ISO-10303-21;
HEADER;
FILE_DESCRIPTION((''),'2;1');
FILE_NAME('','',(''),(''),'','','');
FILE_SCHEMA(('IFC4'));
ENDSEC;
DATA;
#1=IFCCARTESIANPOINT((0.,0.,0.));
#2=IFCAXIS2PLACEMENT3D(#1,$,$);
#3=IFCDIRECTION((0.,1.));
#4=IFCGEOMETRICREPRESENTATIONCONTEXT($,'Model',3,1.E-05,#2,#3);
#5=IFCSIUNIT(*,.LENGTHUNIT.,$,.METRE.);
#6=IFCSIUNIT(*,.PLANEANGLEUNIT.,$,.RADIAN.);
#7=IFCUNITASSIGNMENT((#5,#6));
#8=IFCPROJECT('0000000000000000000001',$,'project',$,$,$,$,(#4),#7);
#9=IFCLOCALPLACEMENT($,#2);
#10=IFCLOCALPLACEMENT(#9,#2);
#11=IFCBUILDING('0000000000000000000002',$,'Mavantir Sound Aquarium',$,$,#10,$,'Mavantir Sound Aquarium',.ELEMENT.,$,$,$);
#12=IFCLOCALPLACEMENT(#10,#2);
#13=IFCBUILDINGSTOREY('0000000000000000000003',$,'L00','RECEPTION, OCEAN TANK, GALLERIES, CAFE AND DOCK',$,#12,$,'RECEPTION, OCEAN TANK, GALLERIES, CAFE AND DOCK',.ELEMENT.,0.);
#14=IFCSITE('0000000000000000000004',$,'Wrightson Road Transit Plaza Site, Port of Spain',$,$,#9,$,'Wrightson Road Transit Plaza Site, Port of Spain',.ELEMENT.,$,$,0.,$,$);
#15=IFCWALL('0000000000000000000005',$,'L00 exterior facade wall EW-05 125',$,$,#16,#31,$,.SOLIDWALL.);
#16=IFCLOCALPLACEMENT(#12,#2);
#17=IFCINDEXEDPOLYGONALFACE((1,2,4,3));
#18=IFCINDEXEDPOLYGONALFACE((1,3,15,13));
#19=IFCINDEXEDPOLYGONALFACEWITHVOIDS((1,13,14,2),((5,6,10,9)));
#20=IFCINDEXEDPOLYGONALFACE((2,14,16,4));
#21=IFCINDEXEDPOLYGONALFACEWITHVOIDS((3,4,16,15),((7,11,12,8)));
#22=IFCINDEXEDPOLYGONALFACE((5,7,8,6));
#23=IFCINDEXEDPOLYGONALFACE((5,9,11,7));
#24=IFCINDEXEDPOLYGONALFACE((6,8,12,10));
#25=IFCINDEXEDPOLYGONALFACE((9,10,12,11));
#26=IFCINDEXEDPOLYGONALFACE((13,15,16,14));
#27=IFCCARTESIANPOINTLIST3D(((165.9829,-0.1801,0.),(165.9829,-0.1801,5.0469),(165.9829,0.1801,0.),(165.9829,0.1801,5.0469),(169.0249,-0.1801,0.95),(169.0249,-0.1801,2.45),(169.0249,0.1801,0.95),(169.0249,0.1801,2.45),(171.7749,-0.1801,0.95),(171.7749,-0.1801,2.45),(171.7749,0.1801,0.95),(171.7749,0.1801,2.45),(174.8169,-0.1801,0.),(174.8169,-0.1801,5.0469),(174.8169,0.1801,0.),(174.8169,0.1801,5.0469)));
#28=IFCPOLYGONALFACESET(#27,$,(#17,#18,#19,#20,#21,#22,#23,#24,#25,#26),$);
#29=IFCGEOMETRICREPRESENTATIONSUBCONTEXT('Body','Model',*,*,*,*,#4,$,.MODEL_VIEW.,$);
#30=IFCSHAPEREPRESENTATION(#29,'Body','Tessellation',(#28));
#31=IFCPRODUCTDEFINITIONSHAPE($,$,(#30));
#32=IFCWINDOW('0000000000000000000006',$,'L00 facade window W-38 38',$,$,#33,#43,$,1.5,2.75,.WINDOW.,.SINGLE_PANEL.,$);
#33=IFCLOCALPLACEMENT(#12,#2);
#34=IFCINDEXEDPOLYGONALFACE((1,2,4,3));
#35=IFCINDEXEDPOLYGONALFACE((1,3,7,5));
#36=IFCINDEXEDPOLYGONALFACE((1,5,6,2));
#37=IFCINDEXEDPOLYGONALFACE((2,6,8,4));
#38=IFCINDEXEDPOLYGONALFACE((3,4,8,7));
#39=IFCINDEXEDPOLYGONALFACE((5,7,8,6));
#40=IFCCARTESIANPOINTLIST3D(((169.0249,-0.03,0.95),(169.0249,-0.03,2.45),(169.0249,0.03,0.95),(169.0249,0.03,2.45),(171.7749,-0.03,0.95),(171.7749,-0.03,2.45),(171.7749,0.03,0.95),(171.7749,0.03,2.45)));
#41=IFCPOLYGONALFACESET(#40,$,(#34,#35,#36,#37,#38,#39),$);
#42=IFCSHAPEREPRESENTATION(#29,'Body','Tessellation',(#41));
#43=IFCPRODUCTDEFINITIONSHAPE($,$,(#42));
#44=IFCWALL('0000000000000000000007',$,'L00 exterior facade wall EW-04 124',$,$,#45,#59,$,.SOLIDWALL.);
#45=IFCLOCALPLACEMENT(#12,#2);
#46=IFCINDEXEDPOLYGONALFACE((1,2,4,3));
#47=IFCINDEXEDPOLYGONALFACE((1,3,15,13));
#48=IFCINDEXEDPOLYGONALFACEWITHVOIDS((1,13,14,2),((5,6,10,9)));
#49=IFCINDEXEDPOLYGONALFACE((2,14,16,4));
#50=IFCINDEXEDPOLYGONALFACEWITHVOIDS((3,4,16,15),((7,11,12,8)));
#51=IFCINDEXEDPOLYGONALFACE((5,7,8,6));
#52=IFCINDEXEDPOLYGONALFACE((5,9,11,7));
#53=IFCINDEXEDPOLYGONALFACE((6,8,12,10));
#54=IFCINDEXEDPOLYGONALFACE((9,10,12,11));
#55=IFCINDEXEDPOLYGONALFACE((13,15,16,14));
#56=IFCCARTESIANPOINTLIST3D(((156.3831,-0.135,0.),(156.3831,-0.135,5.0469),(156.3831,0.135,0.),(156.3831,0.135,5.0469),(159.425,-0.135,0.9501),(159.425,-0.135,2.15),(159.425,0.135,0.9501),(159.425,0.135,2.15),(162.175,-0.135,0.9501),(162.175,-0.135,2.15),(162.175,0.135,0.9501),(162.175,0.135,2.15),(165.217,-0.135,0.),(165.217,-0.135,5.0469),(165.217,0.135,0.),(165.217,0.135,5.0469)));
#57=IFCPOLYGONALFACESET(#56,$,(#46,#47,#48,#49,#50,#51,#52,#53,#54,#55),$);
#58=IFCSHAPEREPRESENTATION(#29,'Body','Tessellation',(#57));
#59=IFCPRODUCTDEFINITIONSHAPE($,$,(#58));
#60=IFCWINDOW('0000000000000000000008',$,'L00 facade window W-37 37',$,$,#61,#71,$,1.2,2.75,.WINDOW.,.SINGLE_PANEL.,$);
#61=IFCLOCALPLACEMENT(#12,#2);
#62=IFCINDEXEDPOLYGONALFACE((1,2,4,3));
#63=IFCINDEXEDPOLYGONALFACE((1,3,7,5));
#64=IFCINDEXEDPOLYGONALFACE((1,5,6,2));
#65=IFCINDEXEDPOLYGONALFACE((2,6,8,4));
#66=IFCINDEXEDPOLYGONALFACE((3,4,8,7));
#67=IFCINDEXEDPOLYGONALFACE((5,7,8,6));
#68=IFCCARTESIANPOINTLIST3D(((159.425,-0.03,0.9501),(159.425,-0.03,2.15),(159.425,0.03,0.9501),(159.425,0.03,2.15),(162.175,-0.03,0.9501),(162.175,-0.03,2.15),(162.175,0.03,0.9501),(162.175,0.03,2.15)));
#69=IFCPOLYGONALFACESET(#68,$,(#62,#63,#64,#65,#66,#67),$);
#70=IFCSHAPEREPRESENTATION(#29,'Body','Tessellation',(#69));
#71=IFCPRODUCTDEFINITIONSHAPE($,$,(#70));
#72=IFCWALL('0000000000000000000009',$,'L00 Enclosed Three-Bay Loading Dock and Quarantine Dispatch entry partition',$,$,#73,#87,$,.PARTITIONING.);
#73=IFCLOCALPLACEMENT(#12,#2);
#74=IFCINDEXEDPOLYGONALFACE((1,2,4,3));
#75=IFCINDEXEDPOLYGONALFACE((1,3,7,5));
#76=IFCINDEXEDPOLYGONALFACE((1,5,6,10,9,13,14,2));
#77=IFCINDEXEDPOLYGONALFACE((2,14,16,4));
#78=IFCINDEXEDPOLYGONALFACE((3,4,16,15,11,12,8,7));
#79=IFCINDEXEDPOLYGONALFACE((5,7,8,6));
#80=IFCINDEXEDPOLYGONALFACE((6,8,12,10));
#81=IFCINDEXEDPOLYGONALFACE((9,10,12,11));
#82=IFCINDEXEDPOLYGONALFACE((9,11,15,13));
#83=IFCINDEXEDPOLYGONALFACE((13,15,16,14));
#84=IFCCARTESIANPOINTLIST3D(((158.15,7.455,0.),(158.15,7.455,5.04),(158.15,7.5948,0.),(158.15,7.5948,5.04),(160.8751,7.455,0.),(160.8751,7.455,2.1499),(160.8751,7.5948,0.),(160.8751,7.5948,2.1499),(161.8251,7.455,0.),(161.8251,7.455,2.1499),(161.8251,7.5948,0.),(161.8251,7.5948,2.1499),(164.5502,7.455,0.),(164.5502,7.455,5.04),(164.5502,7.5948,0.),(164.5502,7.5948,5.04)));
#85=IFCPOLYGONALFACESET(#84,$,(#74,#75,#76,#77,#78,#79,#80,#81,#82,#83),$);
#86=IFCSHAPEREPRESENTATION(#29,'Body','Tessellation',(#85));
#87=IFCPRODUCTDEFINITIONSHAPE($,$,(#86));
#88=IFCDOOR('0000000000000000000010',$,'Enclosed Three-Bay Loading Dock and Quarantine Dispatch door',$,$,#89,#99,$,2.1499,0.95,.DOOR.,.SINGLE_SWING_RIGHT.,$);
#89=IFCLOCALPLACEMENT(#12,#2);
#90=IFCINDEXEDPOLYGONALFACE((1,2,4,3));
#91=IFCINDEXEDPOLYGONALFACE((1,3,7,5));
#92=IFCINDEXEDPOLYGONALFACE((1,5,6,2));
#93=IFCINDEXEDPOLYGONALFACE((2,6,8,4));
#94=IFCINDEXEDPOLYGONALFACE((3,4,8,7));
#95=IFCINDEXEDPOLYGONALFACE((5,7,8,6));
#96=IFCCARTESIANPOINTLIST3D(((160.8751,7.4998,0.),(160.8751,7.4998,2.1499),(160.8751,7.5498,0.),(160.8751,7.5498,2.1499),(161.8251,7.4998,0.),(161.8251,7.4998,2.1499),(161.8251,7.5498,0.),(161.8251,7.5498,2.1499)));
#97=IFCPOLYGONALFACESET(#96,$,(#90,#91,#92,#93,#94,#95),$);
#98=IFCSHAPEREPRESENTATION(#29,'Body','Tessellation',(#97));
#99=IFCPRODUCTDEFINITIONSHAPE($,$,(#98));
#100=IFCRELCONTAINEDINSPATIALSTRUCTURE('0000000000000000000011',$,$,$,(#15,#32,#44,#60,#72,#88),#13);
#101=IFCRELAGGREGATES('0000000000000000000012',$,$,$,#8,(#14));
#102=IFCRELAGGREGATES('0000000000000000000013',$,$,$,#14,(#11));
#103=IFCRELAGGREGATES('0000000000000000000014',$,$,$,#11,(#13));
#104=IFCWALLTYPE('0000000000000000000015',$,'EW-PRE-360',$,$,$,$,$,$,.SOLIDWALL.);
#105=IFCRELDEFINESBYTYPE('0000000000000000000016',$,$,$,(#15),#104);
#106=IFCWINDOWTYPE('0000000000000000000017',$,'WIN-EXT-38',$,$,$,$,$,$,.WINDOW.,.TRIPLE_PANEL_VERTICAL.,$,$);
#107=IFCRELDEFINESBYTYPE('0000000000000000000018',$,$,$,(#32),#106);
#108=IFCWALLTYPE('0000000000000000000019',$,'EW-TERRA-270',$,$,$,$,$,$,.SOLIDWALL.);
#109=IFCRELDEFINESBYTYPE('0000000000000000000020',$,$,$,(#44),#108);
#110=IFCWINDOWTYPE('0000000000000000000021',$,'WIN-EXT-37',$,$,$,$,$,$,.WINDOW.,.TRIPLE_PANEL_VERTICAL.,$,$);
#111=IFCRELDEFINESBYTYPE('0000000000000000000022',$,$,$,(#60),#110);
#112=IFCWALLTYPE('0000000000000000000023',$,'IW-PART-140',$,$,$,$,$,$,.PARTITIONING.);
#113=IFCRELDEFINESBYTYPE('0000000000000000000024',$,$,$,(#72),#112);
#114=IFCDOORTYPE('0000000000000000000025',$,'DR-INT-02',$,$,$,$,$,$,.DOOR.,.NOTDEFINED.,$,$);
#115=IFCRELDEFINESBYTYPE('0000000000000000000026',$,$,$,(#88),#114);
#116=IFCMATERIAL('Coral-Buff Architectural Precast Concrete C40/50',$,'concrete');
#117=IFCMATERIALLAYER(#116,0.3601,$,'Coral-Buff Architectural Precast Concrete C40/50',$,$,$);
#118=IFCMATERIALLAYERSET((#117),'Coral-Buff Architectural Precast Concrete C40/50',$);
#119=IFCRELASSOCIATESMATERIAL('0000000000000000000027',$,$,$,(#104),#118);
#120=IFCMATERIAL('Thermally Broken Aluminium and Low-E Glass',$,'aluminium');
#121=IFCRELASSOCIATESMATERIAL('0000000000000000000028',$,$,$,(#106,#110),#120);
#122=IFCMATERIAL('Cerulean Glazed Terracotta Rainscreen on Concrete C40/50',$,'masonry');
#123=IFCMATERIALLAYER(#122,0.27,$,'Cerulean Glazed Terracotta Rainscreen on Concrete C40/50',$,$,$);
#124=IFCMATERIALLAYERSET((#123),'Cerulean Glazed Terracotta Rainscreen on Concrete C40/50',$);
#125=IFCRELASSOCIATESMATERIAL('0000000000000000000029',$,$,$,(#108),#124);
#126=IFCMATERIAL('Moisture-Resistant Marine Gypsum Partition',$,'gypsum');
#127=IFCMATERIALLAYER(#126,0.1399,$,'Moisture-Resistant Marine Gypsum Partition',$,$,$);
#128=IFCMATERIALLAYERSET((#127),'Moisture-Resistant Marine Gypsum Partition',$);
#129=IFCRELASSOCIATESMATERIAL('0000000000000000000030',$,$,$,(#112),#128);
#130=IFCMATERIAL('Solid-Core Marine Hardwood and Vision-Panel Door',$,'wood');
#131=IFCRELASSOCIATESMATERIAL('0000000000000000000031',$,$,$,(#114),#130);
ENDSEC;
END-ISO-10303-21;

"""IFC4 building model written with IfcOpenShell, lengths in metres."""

from ifc_helpers import new_model, si_unit, direction, frame, frame_2d, origin, place, context, subcontext, project, spatial, rectangle, extrude, material, layer, layer_set, type_object, element, fill, save


model = new_model("IFC4")

# Units and contexts
model_context = context("Model", 3, precision=1e-05, world=origin(), true_north=direction((0.0, 1.0)))
body_context = subcontext(model_context, "Body", "Model", "MODEL_VIEW")
ifc_project = project(units=[si_unit("LENGTHUNIT", "METRE"), si_unit("PLANEANGLEUNIT", "RADIAN")], contexts=[model_context])

# Site, building, storey
site_placement = place(None, origin())
site = spatial("IfcSite", under=ifc_project, at=site_placement, Name="Wrightson Road Transit Plaza Site, Port of Spain", LongName="Wrightson Road Transit Plaza Site, Port of Spain", CompositionType="ELEMENT", RefElevation=0.0)
building_placement = place(site_placement, origin())
building = spatial("IfcBuilding", under=site, at=building_placement, Name="Mavantir Sound Aquarium", LongName="Mavantir Sound Aquarium", CompositionType="ELEMENT")
storey_placement = place(building_placement, origin())
storey = spatial("IfcBuildingStorey", under=building, at=storey_placement, Name="L00", Description="RECEPTION, OCEAN TANK, GALLERIES, CAFE AND DOCK", LongName="RECEPTION, OCEAN TANK, GALLERIES, CAFE AND DOCK", CompositionType="ELEMENT", Elevation=0.0)

# Shared definitions
ifc_material_1 = material(Name="Coral-Buff Architectural Precast Concrete C40/50", Category="concrete")
ifc_layer_1 = layer(ifc_material_1, 0.3601, Name="Coral-Buff Architectural Precast Concrete C40/50")
ifc_layer_set_1 = layer_set([ifc_layer_1], Name="Coral-Buff Architectural Precast Concrete C40/50")
wall_type_1 = type_object("IfcWallType", Name="EW-PRE-360", PredefinedType="SOLIDWALL", material=ifc_layer_set_1)

# Walls, openings, windows
wall_1_placement = place(storey_placement, frame((165.9829, 0.0, 0.0), z_axis=(0.0, 0.0, 1.0), x_axis=(1.0, 0.0, 0.0)))
wall_1 = element("IfcWall", 1, at=wall_1_placement, inside=storey, type_object=wall_type_1, Name="L00 exterior facade wall EW-05 125", PredefinedType="SOLIDWALL", context=body_context, shape_type="SweptSolid", body=[
    extrude(rectangle(XDim=8.834, YDim=0.3601, at=frame_2d((4.417, 0.0))), origin(), (0.0, 0.0, 1.0), 5.0469),
])
opening_1_placement = place(wall_1_placement, frame((3.042, 0.0, 0.95)))
opening_1 = element("IfcOpeningElement", 2, at=opening_1_placement, cuts=wall_1, PredefinedType="OPENING", context=body_context, shape_type="SweptSolid", body=[
    extrude(rectangle(XDim=2.75, YDim=1.5, at=frame_2d((1.375, 0.75))), frame((0.0, 0.1899, 0.0), z_axis=(0.0, -1.0, 0.0), x_axis=(1.0, 0.0, 0.0)), (0.0, 0.0, 1.0), 0.3801),
])
ifc_material_2 = material(Name="Thermally Broken Aluminium and Low-E Glass", Category="aluminium")
window_type_1 = type_object("IfcWindowType", Name="WIN-EXT-38", PartitioningType="TRIPLE_PANEL_VERTICAL", PredefinedType="WINDOW", material=ifc_material_2)
window_1_placement = place(opening_1_placement, origin())
window_1 = element("IfcWindow", 3, at=window_1_placement, inside=storey, type_object=window_type_1, Name="L00 facade window W-38 38", OverallHeight=1.5, OverallWidth=2.75, PartitioningType="SINGLE_PANEL", PredefinedType="WINDOW", context=body_context, shape_type="SweptSolid", body=[
    extrude(rectangle(XDim=2.75, YDim=1.5, at=frame_2d((1.375, 0.75))), frame((0.0, 0.03, 0.0), z_axis=(0.0, -1.0, 0.0), x_axis=(1.0, 0.0, 0.0)), (0.0, 0.0, 1.0), 0.0601),
])
fill(opening_1, window_1)
ifc_material_3 = material(Name="Cerulean Glazed Terracotta Rainscreen on Concrete C40/50", Category="masonry")
ifc_layer_2 = layer(ifc_material_3, 0.27, Name="Cerulean Glazed Terracotta Rainscreen on Concrete C40/50")
ifc_layer_set_2 = layer_set([ifc_layer_2], Name="Cerulean Glazed Terracotta Rainscreen on Concrete C40/50")
wall_type_2 = type_object("IfcWallType", Name="EW-TERRA-270", PredefinedType="SOLIDWALL", material=ifc_layer_set_2)
wall_2_placement = place(storey_placement, frame((156.3831, 0.0, 0.0), z_axis=(0.0, 0.0, 1.0), x_axis=(1.0, 0.0, 0.0)))
wall_2 = element("IfcWall", 4, at=wall_2_placement, inside=storey, type_object=wall_type_2, Name="L00 exterior facade wall EW-04 124", PredefinedType="SOLIDWALL", context=body_context, shape_type="SweptSolid", body=[
    extrude(rectangle(XDim=8.834, YDim=0.27, at=frame_2d((4.417, 0.0))), origin(), (0.0, 0.0, 1.0), 5.0469),
])
opening_2_placement = place(wall_2_placement, frame((3.042, 0.0, 0.95)))
opening_2 = element("IfcOpeningElement", 5, at=opening_2_placement, cuts=wall_2, PredefinedType="OPENING", context=body_context, shape_type="SweptSolid", body=[
    extrude(rectangle(XDim=2.75, YDim=1.2, at=frame_2d((1.375, 0.6001))), frame((0.0, 0.145, 0.0), z_axis=(0.0, -1.0, 0.0), x_axis=(1.0, 0.0, 0.0)), (0.0, 0.0, 1.0), 0.29),
])
window_type_2 = type_object("IfcWindowType", Name="WIN-EXT-37", PartitioningType="TRIPLE_PANEL_VERTICAL", PredefinedType="WINDOW", material=ifc_material_2)
window_2_placement = place(opening_2_placement, origin())
window_2 = element("IfcWindow", 6, at=window_2_placement, inside=storey, type_object=window_type_2, Name="L00 facade window W-37 37", OverallHeight=1.2, OverallWidth=2.75, PartitioningType="SINGLE_PANEL", PredefinedType="WINDOW", context=body_context, shape_type="SweptSolid", body=[
    extrude(rectangle(XDim=2.75, YDim=1.2, at=frame_2d((1.375, 0.6001))), frame((0.0, 0.03, 0.0), z_axis=(0.0, -1.0, 0.0), x_axis=(1.0, 0.0, 0.0)), (0.0, 0.0, 1.0), 0.0601),
])
fill(opening_2, window_2)

# Wall, opening, door
ifc_material_4 = material(Name="Moisture-Resistant Marine Gypsum Partition", Category="gypsum")
ifc_layer_3 = layer(ifc_material_4, 0.1399, Name="Moisture-Resistant Marine Gypsum Partition")
ifc_layer_set_3 = layer_set([ifc_layer_3], Name="Moisture-Resistant Marine Gypsum Partition")
wall_type_3 = type_object("IfcWallType", Name="IW-PART-140", PredefinedType="PARTITIONING", material=ifc_layer_set_3)
wall_3_placement = place(storey_placement, frame((158.1499, 7.5249, 0.0), z_axis=(0.0, 0.0, 1.0), x_axis=(1.0, 0.0, 0.0)))
wall_3 = element("IfcWall", 7, at=wall_3_placement, inside=storey, type_object=wall_type_3, Name="L00 Enclosed Three-Bay Loading Dock and Quarantine Dispatch entry partition", PredefinedType="PARTITIONING", context=body_context, shape_type="SweptSolid", body=[
    extrude(rectangle(XDim=6.4001, YDim=0.1399, at=frame_2d((3.2002, 0.0))), origin(), (0.0, 0.0, 1.0), 5.04),
])
opening_3_placement = place(wall_3_placement, frame((2.7251, 0.0, 0.0)))
opening_3 = element("IfcOpeningElement", 8, at=opening_3_placement, cuts=wall_3, PredefinedType="OPENING", context=body_context, shape_type="SweptSolid", body=[
    extrude(rectangle(XDim=0.95, YDim=2.1499, at=frame_2d((0.4751, 1.075))), frame((0.0, 0.0801, 0.0), z_axis=(0.0, -1.0, 0.0), x_axis=(1.0, 0.0, 0.0)), (0.0, 0.0, 1.0), 0.1599),
])
ifc_material_5 = material(Name="Solid-Core Marine Hardwood and Vision-Panel Door", Category="wood")
door_type_1 = type_object("IfcDoorType", Name="DR-INT-02", OperationType="NOTDEFINED", PredefinedType="DOOR", material=ifc_material_5)
door_1_placement = place(opening_3_placement, origin())
door_1 = element("IfcDoor", 9, at=door_1_placement, inside=storey, type_object=door_type_1, Name="Enclosed Three-Bay Loading Dock and Quarantine Dispatch door", OperationType="SINGLE_SWING_RIGHT", OverallHeight=2.1499, OverallWidth=0.95, PredefinedType="DOOR", context=body_context, shape_type="SweptSolid", body=[
    extrude(rectangle(XDim=0.95, YDim=2.1499, at=frame_2d((0.4751, 1.075))), frame((0.0, 0.0249, 0.0), z_axis=(0.0, -1.0, 0.0), x_axis=(1.0, 0.0, 0.0)), (0.0, 0.0, 1.0), 0.05),
])
fill(opening_3, door_1)

save(model, "model.ifc")
